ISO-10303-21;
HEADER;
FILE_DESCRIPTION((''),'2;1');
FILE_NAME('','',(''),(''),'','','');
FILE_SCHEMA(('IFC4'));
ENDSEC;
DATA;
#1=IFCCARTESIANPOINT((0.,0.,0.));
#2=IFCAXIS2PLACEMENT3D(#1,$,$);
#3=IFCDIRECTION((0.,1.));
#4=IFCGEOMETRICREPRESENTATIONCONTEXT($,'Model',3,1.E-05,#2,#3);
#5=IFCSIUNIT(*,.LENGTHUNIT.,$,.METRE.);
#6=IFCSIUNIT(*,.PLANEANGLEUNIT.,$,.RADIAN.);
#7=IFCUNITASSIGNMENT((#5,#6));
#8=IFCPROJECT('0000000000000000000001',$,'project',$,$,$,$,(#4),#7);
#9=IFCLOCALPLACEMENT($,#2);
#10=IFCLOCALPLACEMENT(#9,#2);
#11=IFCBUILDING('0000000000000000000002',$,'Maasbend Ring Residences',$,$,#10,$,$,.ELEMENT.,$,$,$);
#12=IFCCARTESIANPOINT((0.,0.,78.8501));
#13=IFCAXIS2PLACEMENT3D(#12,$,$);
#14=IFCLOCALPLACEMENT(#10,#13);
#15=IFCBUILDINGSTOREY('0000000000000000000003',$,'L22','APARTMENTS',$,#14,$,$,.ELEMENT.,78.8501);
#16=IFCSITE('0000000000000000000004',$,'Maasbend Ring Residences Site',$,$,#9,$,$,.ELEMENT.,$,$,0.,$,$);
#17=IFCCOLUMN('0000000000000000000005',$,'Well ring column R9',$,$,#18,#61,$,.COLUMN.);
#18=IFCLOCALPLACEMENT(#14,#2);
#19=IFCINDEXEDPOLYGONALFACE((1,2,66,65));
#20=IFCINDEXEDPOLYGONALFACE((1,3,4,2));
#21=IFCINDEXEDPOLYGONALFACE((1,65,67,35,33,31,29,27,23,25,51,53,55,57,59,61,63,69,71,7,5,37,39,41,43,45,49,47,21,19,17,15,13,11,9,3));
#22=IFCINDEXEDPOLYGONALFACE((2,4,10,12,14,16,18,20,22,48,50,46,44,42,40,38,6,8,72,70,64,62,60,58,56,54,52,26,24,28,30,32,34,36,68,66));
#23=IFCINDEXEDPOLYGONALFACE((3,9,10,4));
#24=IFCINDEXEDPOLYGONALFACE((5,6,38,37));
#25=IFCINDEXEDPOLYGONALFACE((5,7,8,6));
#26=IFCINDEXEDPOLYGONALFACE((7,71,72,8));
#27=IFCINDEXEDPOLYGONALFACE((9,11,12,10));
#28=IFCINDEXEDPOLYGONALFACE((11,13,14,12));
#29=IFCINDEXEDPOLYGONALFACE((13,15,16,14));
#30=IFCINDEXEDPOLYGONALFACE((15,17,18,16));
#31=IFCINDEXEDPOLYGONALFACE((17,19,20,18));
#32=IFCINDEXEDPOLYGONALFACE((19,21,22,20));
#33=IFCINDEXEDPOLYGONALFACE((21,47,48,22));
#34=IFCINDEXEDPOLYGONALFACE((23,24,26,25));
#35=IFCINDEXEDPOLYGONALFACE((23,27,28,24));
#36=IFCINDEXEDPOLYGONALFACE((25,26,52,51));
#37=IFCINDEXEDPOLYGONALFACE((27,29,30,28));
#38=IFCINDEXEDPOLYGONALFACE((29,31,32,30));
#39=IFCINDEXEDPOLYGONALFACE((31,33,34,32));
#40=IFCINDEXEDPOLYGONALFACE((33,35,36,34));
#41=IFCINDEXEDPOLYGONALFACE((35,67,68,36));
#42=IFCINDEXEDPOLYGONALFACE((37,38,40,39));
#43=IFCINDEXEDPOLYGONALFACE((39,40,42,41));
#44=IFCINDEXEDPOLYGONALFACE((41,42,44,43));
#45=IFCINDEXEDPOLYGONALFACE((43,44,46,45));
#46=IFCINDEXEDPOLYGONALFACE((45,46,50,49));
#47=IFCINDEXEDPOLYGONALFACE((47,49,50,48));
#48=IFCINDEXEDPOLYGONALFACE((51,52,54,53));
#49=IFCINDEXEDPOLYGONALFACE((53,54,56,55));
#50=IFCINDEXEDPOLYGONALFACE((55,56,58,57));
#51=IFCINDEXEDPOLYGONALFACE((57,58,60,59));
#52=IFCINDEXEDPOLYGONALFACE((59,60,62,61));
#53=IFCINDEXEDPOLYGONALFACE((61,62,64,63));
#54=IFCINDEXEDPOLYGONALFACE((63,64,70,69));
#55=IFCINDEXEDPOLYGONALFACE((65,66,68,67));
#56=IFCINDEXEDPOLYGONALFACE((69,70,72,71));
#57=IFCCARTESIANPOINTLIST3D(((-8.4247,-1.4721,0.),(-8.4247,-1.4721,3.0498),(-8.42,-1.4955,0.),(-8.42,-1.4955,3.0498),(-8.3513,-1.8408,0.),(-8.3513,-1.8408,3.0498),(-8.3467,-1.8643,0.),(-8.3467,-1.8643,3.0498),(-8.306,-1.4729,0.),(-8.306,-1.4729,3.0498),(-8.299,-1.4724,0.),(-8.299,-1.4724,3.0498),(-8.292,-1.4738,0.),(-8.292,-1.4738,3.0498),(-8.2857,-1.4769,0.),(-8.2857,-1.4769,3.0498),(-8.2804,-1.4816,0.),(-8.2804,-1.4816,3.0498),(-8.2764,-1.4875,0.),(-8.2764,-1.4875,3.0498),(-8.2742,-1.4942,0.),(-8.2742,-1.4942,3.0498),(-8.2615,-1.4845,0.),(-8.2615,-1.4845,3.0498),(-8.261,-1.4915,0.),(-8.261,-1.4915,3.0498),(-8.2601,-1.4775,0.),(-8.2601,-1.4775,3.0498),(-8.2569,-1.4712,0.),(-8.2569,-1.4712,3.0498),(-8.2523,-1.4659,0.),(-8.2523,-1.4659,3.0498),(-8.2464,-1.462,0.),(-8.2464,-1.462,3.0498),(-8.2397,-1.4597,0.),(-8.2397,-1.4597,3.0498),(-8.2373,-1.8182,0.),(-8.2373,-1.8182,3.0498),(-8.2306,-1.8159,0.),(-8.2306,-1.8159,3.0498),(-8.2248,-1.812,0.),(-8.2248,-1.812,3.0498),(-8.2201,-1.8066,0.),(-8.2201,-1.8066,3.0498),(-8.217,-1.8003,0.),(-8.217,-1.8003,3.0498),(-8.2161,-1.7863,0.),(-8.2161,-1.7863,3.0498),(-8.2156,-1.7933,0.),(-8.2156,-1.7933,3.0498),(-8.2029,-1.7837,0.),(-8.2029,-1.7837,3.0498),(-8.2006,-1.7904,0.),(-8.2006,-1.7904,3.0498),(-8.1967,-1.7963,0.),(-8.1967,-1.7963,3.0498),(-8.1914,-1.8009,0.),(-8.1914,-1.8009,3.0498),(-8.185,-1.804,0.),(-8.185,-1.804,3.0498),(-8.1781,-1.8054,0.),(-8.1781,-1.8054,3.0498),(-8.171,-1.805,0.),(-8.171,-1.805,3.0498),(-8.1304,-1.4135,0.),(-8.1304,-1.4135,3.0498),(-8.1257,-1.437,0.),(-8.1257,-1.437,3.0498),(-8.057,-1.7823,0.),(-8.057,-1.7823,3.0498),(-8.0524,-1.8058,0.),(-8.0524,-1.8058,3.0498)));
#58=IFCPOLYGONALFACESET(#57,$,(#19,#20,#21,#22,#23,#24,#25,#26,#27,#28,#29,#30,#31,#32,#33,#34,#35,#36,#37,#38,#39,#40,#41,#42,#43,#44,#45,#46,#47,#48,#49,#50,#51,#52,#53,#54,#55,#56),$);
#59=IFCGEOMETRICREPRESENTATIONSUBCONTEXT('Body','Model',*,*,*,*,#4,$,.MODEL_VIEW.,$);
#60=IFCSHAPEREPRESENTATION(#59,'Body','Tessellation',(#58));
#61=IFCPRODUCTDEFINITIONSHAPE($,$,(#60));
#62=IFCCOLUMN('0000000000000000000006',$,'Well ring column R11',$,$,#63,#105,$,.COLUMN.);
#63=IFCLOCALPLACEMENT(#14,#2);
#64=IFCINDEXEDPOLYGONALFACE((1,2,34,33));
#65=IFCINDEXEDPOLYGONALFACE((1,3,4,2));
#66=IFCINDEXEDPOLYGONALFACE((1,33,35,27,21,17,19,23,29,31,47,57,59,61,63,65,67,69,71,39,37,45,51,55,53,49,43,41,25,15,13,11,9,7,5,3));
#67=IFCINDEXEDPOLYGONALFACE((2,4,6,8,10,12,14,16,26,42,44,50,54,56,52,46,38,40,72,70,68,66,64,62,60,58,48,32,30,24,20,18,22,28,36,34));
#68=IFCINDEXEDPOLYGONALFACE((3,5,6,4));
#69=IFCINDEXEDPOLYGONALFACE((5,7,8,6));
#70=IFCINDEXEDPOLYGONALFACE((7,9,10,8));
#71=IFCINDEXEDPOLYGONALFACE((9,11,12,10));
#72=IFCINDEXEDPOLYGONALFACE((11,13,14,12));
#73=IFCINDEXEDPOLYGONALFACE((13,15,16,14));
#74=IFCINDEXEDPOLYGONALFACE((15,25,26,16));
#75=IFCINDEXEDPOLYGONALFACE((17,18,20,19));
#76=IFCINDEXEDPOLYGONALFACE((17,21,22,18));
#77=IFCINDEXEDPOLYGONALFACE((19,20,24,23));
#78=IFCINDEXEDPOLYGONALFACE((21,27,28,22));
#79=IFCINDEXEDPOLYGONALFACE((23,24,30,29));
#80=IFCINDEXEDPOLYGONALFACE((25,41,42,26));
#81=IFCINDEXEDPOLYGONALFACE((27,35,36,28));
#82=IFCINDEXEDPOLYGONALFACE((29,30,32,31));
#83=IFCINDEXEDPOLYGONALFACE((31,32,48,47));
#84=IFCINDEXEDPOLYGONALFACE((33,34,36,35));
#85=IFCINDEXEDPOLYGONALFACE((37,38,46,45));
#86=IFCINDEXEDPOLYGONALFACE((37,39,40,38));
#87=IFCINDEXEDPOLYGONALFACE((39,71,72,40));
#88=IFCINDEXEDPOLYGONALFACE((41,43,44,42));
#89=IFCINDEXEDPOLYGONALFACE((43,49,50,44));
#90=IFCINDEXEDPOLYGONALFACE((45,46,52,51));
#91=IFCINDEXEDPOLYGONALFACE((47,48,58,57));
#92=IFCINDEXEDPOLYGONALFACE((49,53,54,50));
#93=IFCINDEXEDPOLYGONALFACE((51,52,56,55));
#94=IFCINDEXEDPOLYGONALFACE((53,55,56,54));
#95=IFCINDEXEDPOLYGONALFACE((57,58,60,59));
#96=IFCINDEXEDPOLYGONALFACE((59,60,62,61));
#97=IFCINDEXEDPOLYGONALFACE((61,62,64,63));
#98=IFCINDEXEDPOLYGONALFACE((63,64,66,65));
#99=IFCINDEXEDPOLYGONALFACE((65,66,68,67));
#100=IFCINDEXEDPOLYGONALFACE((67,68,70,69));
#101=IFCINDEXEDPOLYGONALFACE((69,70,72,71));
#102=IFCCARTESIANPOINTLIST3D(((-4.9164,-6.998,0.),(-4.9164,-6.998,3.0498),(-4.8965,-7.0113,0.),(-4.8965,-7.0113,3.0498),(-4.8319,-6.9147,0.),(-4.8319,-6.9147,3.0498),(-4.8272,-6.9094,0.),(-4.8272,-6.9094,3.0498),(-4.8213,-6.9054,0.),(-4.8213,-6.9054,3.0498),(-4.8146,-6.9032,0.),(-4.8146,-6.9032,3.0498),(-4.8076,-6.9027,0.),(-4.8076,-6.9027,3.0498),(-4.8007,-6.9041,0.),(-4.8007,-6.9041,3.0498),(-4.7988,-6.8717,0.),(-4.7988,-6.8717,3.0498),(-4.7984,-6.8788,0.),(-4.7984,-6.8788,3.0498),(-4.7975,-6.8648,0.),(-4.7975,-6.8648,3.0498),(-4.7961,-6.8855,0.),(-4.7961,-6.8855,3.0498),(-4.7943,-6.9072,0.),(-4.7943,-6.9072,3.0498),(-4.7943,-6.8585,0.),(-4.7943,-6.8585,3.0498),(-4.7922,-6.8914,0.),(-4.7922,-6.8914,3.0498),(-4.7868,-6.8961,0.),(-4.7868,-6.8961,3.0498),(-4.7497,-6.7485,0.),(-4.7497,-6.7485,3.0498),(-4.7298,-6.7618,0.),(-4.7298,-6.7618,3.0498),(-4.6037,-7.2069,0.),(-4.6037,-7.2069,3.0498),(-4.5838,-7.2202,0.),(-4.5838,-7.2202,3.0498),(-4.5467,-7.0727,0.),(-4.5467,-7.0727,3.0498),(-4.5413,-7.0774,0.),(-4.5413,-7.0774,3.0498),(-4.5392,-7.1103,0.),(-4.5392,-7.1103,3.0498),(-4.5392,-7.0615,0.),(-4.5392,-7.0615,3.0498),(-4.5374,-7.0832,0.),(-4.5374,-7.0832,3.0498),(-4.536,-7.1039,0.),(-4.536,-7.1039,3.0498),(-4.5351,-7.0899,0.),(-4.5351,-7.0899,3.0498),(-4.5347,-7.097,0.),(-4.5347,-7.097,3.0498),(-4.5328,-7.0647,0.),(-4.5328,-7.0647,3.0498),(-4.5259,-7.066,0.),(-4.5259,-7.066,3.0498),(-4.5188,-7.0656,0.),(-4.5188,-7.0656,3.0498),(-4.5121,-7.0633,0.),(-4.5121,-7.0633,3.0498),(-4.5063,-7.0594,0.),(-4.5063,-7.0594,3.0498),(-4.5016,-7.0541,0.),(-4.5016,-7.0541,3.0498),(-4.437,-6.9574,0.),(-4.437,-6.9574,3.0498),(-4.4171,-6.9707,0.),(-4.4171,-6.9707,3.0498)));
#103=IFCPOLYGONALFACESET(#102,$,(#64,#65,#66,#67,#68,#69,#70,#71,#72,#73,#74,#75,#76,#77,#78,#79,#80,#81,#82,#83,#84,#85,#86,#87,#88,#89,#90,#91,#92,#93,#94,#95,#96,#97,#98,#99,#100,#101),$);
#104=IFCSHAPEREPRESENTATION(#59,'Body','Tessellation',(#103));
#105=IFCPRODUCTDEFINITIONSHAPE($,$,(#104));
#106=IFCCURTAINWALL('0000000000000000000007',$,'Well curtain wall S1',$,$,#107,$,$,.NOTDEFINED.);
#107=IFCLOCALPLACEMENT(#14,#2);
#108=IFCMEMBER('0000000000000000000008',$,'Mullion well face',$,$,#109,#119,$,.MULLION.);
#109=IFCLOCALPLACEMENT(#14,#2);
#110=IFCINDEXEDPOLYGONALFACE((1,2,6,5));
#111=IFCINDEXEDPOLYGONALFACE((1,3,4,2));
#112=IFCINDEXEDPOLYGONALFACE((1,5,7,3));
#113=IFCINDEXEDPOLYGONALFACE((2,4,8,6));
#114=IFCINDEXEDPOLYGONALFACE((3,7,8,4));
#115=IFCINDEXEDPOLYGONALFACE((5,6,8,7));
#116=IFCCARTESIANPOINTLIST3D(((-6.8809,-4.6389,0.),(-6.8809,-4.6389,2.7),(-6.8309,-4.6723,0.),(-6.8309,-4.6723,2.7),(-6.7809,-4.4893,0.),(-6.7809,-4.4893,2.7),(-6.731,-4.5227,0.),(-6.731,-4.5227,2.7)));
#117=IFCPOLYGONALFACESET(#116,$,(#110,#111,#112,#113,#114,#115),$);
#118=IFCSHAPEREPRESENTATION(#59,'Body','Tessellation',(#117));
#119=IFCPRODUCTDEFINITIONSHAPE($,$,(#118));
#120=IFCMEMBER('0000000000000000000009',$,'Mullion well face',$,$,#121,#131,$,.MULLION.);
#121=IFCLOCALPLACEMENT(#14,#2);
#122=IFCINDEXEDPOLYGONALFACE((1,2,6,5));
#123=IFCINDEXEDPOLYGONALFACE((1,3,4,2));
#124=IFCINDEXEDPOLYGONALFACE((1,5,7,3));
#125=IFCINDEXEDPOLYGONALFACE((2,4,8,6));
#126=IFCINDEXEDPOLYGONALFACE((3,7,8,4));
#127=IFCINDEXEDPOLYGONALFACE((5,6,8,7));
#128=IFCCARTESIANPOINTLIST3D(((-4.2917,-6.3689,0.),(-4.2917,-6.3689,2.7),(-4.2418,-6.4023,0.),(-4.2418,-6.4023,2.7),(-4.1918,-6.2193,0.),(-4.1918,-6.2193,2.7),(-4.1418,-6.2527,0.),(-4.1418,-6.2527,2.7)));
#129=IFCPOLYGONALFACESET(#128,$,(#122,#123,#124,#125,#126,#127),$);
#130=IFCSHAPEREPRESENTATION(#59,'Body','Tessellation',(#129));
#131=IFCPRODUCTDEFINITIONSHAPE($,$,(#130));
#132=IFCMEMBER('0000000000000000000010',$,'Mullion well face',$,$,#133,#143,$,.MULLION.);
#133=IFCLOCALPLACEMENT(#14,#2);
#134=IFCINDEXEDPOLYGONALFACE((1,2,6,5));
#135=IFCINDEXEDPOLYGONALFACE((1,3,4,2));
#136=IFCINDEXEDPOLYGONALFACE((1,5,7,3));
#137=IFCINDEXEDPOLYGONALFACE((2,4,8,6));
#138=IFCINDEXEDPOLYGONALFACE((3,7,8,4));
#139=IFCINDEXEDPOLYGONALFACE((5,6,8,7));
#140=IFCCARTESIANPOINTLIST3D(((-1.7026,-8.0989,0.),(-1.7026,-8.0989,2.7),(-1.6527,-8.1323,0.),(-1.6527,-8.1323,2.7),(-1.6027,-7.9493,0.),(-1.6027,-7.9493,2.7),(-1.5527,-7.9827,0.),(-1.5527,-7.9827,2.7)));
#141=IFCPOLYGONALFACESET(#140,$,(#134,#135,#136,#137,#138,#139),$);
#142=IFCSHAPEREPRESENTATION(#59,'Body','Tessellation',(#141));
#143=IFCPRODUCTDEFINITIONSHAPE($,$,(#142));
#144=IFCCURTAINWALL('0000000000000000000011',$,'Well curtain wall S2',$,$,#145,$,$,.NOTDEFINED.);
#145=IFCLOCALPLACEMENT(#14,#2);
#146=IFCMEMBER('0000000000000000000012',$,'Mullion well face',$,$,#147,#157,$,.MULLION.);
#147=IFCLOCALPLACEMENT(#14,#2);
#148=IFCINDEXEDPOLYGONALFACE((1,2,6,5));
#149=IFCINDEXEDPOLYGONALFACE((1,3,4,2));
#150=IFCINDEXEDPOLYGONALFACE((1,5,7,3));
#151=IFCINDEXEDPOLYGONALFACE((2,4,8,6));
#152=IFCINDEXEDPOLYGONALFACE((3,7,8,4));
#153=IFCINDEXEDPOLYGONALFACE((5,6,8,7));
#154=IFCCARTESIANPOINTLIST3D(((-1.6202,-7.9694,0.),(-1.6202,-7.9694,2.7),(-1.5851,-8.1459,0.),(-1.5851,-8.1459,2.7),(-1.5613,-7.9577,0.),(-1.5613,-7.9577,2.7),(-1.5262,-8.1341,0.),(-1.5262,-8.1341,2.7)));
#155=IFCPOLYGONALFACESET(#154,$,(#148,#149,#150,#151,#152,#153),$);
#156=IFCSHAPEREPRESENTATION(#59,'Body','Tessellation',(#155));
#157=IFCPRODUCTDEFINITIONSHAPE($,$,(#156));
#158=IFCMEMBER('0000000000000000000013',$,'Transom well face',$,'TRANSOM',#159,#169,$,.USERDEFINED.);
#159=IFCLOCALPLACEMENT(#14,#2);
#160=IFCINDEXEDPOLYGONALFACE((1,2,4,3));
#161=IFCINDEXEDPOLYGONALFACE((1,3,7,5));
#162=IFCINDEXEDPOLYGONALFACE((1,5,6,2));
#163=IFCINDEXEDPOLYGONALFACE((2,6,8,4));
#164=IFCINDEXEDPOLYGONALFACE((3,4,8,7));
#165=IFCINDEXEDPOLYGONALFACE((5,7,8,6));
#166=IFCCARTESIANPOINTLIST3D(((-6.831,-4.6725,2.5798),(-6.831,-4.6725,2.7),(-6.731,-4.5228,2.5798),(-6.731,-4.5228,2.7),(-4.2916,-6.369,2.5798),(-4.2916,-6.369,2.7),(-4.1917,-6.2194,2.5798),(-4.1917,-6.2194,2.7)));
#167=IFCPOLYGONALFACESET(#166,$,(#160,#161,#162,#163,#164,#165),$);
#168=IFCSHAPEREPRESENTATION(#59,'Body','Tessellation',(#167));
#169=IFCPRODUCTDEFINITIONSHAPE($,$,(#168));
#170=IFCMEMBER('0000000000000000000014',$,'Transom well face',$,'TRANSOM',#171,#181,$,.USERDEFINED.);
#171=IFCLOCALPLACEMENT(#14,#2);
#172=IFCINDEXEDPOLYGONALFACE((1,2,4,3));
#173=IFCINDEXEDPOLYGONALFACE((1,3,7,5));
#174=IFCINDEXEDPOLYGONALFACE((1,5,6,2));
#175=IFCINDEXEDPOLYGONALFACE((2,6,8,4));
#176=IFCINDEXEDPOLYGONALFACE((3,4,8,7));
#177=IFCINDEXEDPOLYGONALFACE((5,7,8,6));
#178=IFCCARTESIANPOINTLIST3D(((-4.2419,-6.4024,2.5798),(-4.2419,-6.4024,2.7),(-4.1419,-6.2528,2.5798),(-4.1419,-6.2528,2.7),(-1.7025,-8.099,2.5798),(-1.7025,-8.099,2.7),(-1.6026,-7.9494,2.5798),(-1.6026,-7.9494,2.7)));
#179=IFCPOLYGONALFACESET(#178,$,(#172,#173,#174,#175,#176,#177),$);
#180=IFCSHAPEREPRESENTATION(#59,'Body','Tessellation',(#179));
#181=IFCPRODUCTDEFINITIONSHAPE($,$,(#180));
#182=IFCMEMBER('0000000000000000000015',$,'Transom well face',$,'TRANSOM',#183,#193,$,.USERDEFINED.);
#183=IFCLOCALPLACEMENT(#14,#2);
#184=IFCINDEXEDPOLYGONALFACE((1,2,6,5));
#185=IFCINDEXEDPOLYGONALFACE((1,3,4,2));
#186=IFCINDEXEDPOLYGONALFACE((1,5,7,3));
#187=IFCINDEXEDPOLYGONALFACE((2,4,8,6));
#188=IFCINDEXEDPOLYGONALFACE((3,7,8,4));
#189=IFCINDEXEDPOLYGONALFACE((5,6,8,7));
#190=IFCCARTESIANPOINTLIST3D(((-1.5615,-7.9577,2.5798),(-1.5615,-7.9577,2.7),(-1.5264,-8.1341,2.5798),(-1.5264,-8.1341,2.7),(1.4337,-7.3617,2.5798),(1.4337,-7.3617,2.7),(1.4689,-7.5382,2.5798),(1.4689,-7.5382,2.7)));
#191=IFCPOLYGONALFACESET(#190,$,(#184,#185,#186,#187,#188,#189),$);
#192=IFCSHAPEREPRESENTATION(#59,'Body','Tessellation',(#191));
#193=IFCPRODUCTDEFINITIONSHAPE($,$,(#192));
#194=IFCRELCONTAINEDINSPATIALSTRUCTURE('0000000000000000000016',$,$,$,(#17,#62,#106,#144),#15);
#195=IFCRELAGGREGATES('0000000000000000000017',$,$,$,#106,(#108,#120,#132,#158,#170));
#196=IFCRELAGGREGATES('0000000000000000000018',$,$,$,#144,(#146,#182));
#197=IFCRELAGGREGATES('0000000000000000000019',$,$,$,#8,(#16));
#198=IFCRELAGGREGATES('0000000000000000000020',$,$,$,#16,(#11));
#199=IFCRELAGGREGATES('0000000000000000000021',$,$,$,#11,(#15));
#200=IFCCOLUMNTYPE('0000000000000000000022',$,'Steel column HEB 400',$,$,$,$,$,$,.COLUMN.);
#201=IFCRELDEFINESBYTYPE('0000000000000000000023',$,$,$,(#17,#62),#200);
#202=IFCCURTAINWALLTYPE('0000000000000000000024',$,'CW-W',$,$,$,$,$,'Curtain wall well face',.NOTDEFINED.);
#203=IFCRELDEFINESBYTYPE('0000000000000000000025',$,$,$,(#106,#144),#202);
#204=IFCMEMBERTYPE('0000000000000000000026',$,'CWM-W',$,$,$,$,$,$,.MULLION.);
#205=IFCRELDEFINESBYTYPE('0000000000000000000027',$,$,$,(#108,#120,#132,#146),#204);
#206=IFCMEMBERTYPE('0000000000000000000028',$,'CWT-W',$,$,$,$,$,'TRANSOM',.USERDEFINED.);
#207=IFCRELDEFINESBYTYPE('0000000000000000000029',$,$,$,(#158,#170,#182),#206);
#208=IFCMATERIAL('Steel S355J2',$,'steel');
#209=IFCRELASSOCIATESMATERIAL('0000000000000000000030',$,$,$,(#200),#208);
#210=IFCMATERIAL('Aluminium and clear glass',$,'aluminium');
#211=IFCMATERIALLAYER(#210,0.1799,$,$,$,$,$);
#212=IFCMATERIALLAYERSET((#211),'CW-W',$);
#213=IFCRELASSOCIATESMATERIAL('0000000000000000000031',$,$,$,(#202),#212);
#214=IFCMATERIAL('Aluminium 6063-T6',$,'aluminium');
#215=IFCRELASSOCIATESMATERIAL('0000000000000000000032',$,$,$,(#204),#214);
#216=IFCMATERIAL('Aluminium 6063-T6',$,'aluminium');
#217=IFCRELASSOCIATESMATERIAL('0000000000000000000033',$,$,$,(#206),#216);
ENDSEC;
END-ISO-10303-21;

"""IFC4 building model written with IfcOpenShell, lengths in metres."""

from ifc_helpers import new_model, si_unit, direction, frame, origin, origin_2d, place, context, subcontext, project, spatial, rectangle, i_section, extrude, material, layer, layer_set, material_profile, profile_set, type_object, element, aggregate, save


model = new_model("IFC4")

# Units and contexts
model_context = context("Model", 3, precision=1e-05, world=origin(), true_north=direction((0.0, 1.0)))
body_context = subcontext(model_context, "Body", "Model", "MODEL_VIEW")
ifc_project = project(units=[si_unit("LENGTHUNIT", "METRE"), si_unit("PLANEANGLEUNIT", "RADIAN")], contexts=[model_context])

# Site, building, storey
site_placement = place(None, origin())
site = spatial("IfcSite", under=ifc_project, at=site_placement, Name="Maasbend Ring Residences Site", CompositionType="ELEMENT", RefElevation=0.0)
building_placement = place(site_placement, origin())
building = spatial("IfcBuilding", under=site, at=building_placement, Name="Maasbend Ring Residences", CompositionType="ELEMENT")
storey_placement = place(building_placement, frame((0.0, 0.0, 78.8501)))
storey = spatial("IfcBuildingStorey", under=building, at=storey_placement, Name="L22", Description="APARTMENTS", CompositionType="ELEMENT", Elevation=78.8501)

# Columns
ifc_material_1 = material(Name="Steel S355J2", Category="steel")
ifc_material_profile_1 = material_profile(ifc_material_1, i_section(OverallWidth=0.3, OverallDepth=0.3999, WebThickness=0.0134, FlangeThickness=0.0239, FilletRadius=0.0271, at=origin_2d()), Name="HEB 400")
ifc_profile_set_1 = profile_set([ifc_material_profile_1], Name="Steel S355J2")
column_type = type_object("IfcColumnType", Name="Steel column HEB 400", PredefinedType="COLUMN", material=ifc_profile_set_1)
for number, where, z_axis, x_axis, name in (
    (1, (-8.2385, -1.6389, 0.0), (0.0, 0.0, 1.0), (-0.980785, -0.19509, 0.0), "Well ring column R9"),
    (2, (-4.6667, -6.9844, 0.0), (0.0, 0.0, 1.0), (-0.55557, -0.83147, 0.0), "Well ring column R11"),
):
    element("IfcColumn", number, at=place(storey_placement, frame(where, z_axis=z_axis, x_axis=x_axis)), inside=storey, type_object=column_type, Name=name, PredefinedType="COLUMN", context=body_context, shape_type="SweptSolid", body=[
        extrude(i_section(OverallWidth=0.3, OverallDepth=0.3999, WebThickness=0.0134, FlangeThickness=0.0239, FilletRadius=0.0271, at=origin_2d()), origin(), (0.0, 0.0, 1.0), 3.0498),
    ])

# Curtain wall, members
ifc_material_2 = material(Name="Aluminium and clear glass", Category="aluminium")
ifc_layer_1 = layer(ifc_material_2, 0.1799)
ifc_layer_set_1 = layer_set([ifc_layer_1], Name="CW-W")
curtain_wall_type = type_object("IfcCurtainWallType", Name="CW-W", ElementType="Curtain wall well face", PredefinedType="NOTDEFINED", material=ifc_layer_set_1)
curtain_wall_1_placement = place(storey_placement, origin())
curtain_wall_1 = element("IfcCurtainWall", 3, at=curtain_wall_1_placement, inside=storey, type_object=curtain_wall_type, Name="Well curtain wall S1", PredefinedType="NOTDEFINED")
ifc_material_3 = material(Name="Aluminium 6063-T6", Category="aluminium")
ifc_material_profile_2 = material_profile(ifc_material_3, rectangle(XDim=0.1799, YDim=0.0601, at=origin_2d()), Name="AL 180x60")
ifc_profile_set_2 = profile_set([ifc_material_profile_2], Name="Aluminium 6063-T6")
member_type_1 = type_object("IfcMemberType", Name="CWM-W", PredefinedType="MULLION", material=ifc_profile_set_2)
member_1_placement = place(storey_placement, frame((-6.8059, -4.5808, 0.0), z_axis=(0.0, 0.0, 1.0), x_axis=(0.55557, 0.83147, 0.0)))
member_1 = element("IfcMember", 4, at=member_1_placement, type_object=member_type_1, Name="Mullion well face", PredefinedType="MULLION", context=body_context, shape_type="SweptSolid", body=[
    extrude(rectangle(XDim=0.1799, YDim=0.0601, at=origin_2d()), origin(), (0.0, 0.0, 1.0), 2.7),
])
member_2_placement = place(storey_placement, frame((-4.2168, -6.3108, 0.0), z_axis=(0.0, 0.0, 1.0), x_axis=(0.55557, 0.83147, 0.0)))
member_2 = element("IfcMember", 5, at=member_2_placement, type_object=member_type_1, Name="Mullion well face", PredefinedType="MULLION", context=body_context, shape_type="SweptSolid", body=[
    extrude(rectangle(XDim=0.1799, YDim=0.0601, at=origin_2d()), origin(), (0.0, 0.0, 1.0), 2.7),
])
member_3_placement = place(storey_placement, frame((-1.6277, -8.0408, 0.0), z_axis=(0.0, 0.0, 1.0), x_axis=(0.55557, 0.83147, 0.0)))
member_3 = element("IfcMember", 6, at=member_3_placement, type_object=member_type_1, Name="Mullion well face", PredefinedType="MULLION", context=body_context, shape_type="SweptSolid", body=[
    extrude(rectangle(XDim=0.1799, YDim=0.0601, at=origin_2d()), origin(), (0.0, 0.0, 1.0), 2.7),
])

# Curtain wall, member
curtain_wall_2_placement = place(storey_placement, origin())
curtain_wall_2 = element("IfcCurtainWall", 7, at=curtain_wall_2_placement, inside=storey, type_object=curtain_wall_type, Name="Well curtain wall S2", PredefinedType="NOTDEFINED")
member_4_placement = place(storey_placement, frame((-1.5732, -8.0518, 0.0), z_axis=(0.0, 0.0, 1.0), x_axis=(-0.19509, 0.980785, 0.0)))
member_4 = element("IfcMember", 8, at=member_4_placement, type_object=member_type_1, Name="Mullion well face", PredefinedType="MULLION", context=body_context, shape_type="SweptSolid", body=[
    extrude(rectangle(XDim=0.1799, YDim=0.0601, at=origin_2d()), origin(), (0.0, 0.0, 1.0), 2.7),
])

# Members
ifc_material_4 = material(Name="Aluminium 6063-T6", Category="aluminium")
ifc_material_profile_3 = material_profile(ifc_material_4, rectangle(XDim=0.1799, YDim=0.1201, at=origin_2d()), Name="AL 180x120")
ifc_profile_set_3 = profile_set([ifc_material_profile_3], Name="Aluminium 6063-T6")
member_type_2 = type_object("IfcMemberType", Name="CWT-W", ElementType="TRANSOM", PredefinedType="USERDEFINED", material=ifc_profile_set_3)
member_5_placement = place(storey_placement, frame((-6.781, -4.5977, 2.6399), z_axis=(0.831496, -0.55553, 0.0), x_axis=(0.55553, 0.831496, 0.0)))
member_5 = element("IfcMember", 9, at=member_5_placement, type_object=member_type_2, Name="Transom well face", ObjectType="TRANSOM", PredefinedType="USERDEFINED", context=body_context, shape_type="SweptSolid", body=[
    extrude(rectangle(XDim=0.1799, YDim=0.1201, at=origin_2d()), origin(), (0.0, 0.0, 1.0), 3.054),
])
member_6_placement = place(storey_placement, frame((-4.1919, -6.3276, 2.6399), z_axis=(0.831496, -0.55553, 0.0), x_axis=(0.55553, 0.831496, 0.0)))
member_6 = element("IfcMember", 10, at=member_6_placement, type_object=member_type_2, Name="Transom well face", ObjectType="TRANSOM", PredefinedType="USERDEFINED", context=body_context, shape_type="SweptSolid", body=[
    extrude(rectangle(XDim=0.1799, YDim=0.1201, at=origin_2d()), origin(), (0.0, 0.0, 1.0), 3.054),
])
member_7_placement = place(storey_placement, frame((-1.5439, -8.0459, 2.6399), z_axis=(0.980777, 0.195132, 0.0), x_axis=(-0.195132, 0.980777, 0.0)))
member_7 = element("IfcMember", 11, at=member_7_placement, type_object=member_type_2, Name="Transom well face", ObjectType="TRANSOM", PredefinedType="USERDEFINED", context=body_context, shape_type="SweptSolid", body=[
    extrude(rectangle(XDim=0.1799, YDim=0.1201, at=origin_2d()), origin(), (0.0, 0.0, 1.0), 3.054),
])

aggregate(curtain_wall_1, [member_1, member_2, member_3, member_5, member_6])
aggregate(curtain_wall_2, [member_4, member_7])

save(model, "model.ifc")
